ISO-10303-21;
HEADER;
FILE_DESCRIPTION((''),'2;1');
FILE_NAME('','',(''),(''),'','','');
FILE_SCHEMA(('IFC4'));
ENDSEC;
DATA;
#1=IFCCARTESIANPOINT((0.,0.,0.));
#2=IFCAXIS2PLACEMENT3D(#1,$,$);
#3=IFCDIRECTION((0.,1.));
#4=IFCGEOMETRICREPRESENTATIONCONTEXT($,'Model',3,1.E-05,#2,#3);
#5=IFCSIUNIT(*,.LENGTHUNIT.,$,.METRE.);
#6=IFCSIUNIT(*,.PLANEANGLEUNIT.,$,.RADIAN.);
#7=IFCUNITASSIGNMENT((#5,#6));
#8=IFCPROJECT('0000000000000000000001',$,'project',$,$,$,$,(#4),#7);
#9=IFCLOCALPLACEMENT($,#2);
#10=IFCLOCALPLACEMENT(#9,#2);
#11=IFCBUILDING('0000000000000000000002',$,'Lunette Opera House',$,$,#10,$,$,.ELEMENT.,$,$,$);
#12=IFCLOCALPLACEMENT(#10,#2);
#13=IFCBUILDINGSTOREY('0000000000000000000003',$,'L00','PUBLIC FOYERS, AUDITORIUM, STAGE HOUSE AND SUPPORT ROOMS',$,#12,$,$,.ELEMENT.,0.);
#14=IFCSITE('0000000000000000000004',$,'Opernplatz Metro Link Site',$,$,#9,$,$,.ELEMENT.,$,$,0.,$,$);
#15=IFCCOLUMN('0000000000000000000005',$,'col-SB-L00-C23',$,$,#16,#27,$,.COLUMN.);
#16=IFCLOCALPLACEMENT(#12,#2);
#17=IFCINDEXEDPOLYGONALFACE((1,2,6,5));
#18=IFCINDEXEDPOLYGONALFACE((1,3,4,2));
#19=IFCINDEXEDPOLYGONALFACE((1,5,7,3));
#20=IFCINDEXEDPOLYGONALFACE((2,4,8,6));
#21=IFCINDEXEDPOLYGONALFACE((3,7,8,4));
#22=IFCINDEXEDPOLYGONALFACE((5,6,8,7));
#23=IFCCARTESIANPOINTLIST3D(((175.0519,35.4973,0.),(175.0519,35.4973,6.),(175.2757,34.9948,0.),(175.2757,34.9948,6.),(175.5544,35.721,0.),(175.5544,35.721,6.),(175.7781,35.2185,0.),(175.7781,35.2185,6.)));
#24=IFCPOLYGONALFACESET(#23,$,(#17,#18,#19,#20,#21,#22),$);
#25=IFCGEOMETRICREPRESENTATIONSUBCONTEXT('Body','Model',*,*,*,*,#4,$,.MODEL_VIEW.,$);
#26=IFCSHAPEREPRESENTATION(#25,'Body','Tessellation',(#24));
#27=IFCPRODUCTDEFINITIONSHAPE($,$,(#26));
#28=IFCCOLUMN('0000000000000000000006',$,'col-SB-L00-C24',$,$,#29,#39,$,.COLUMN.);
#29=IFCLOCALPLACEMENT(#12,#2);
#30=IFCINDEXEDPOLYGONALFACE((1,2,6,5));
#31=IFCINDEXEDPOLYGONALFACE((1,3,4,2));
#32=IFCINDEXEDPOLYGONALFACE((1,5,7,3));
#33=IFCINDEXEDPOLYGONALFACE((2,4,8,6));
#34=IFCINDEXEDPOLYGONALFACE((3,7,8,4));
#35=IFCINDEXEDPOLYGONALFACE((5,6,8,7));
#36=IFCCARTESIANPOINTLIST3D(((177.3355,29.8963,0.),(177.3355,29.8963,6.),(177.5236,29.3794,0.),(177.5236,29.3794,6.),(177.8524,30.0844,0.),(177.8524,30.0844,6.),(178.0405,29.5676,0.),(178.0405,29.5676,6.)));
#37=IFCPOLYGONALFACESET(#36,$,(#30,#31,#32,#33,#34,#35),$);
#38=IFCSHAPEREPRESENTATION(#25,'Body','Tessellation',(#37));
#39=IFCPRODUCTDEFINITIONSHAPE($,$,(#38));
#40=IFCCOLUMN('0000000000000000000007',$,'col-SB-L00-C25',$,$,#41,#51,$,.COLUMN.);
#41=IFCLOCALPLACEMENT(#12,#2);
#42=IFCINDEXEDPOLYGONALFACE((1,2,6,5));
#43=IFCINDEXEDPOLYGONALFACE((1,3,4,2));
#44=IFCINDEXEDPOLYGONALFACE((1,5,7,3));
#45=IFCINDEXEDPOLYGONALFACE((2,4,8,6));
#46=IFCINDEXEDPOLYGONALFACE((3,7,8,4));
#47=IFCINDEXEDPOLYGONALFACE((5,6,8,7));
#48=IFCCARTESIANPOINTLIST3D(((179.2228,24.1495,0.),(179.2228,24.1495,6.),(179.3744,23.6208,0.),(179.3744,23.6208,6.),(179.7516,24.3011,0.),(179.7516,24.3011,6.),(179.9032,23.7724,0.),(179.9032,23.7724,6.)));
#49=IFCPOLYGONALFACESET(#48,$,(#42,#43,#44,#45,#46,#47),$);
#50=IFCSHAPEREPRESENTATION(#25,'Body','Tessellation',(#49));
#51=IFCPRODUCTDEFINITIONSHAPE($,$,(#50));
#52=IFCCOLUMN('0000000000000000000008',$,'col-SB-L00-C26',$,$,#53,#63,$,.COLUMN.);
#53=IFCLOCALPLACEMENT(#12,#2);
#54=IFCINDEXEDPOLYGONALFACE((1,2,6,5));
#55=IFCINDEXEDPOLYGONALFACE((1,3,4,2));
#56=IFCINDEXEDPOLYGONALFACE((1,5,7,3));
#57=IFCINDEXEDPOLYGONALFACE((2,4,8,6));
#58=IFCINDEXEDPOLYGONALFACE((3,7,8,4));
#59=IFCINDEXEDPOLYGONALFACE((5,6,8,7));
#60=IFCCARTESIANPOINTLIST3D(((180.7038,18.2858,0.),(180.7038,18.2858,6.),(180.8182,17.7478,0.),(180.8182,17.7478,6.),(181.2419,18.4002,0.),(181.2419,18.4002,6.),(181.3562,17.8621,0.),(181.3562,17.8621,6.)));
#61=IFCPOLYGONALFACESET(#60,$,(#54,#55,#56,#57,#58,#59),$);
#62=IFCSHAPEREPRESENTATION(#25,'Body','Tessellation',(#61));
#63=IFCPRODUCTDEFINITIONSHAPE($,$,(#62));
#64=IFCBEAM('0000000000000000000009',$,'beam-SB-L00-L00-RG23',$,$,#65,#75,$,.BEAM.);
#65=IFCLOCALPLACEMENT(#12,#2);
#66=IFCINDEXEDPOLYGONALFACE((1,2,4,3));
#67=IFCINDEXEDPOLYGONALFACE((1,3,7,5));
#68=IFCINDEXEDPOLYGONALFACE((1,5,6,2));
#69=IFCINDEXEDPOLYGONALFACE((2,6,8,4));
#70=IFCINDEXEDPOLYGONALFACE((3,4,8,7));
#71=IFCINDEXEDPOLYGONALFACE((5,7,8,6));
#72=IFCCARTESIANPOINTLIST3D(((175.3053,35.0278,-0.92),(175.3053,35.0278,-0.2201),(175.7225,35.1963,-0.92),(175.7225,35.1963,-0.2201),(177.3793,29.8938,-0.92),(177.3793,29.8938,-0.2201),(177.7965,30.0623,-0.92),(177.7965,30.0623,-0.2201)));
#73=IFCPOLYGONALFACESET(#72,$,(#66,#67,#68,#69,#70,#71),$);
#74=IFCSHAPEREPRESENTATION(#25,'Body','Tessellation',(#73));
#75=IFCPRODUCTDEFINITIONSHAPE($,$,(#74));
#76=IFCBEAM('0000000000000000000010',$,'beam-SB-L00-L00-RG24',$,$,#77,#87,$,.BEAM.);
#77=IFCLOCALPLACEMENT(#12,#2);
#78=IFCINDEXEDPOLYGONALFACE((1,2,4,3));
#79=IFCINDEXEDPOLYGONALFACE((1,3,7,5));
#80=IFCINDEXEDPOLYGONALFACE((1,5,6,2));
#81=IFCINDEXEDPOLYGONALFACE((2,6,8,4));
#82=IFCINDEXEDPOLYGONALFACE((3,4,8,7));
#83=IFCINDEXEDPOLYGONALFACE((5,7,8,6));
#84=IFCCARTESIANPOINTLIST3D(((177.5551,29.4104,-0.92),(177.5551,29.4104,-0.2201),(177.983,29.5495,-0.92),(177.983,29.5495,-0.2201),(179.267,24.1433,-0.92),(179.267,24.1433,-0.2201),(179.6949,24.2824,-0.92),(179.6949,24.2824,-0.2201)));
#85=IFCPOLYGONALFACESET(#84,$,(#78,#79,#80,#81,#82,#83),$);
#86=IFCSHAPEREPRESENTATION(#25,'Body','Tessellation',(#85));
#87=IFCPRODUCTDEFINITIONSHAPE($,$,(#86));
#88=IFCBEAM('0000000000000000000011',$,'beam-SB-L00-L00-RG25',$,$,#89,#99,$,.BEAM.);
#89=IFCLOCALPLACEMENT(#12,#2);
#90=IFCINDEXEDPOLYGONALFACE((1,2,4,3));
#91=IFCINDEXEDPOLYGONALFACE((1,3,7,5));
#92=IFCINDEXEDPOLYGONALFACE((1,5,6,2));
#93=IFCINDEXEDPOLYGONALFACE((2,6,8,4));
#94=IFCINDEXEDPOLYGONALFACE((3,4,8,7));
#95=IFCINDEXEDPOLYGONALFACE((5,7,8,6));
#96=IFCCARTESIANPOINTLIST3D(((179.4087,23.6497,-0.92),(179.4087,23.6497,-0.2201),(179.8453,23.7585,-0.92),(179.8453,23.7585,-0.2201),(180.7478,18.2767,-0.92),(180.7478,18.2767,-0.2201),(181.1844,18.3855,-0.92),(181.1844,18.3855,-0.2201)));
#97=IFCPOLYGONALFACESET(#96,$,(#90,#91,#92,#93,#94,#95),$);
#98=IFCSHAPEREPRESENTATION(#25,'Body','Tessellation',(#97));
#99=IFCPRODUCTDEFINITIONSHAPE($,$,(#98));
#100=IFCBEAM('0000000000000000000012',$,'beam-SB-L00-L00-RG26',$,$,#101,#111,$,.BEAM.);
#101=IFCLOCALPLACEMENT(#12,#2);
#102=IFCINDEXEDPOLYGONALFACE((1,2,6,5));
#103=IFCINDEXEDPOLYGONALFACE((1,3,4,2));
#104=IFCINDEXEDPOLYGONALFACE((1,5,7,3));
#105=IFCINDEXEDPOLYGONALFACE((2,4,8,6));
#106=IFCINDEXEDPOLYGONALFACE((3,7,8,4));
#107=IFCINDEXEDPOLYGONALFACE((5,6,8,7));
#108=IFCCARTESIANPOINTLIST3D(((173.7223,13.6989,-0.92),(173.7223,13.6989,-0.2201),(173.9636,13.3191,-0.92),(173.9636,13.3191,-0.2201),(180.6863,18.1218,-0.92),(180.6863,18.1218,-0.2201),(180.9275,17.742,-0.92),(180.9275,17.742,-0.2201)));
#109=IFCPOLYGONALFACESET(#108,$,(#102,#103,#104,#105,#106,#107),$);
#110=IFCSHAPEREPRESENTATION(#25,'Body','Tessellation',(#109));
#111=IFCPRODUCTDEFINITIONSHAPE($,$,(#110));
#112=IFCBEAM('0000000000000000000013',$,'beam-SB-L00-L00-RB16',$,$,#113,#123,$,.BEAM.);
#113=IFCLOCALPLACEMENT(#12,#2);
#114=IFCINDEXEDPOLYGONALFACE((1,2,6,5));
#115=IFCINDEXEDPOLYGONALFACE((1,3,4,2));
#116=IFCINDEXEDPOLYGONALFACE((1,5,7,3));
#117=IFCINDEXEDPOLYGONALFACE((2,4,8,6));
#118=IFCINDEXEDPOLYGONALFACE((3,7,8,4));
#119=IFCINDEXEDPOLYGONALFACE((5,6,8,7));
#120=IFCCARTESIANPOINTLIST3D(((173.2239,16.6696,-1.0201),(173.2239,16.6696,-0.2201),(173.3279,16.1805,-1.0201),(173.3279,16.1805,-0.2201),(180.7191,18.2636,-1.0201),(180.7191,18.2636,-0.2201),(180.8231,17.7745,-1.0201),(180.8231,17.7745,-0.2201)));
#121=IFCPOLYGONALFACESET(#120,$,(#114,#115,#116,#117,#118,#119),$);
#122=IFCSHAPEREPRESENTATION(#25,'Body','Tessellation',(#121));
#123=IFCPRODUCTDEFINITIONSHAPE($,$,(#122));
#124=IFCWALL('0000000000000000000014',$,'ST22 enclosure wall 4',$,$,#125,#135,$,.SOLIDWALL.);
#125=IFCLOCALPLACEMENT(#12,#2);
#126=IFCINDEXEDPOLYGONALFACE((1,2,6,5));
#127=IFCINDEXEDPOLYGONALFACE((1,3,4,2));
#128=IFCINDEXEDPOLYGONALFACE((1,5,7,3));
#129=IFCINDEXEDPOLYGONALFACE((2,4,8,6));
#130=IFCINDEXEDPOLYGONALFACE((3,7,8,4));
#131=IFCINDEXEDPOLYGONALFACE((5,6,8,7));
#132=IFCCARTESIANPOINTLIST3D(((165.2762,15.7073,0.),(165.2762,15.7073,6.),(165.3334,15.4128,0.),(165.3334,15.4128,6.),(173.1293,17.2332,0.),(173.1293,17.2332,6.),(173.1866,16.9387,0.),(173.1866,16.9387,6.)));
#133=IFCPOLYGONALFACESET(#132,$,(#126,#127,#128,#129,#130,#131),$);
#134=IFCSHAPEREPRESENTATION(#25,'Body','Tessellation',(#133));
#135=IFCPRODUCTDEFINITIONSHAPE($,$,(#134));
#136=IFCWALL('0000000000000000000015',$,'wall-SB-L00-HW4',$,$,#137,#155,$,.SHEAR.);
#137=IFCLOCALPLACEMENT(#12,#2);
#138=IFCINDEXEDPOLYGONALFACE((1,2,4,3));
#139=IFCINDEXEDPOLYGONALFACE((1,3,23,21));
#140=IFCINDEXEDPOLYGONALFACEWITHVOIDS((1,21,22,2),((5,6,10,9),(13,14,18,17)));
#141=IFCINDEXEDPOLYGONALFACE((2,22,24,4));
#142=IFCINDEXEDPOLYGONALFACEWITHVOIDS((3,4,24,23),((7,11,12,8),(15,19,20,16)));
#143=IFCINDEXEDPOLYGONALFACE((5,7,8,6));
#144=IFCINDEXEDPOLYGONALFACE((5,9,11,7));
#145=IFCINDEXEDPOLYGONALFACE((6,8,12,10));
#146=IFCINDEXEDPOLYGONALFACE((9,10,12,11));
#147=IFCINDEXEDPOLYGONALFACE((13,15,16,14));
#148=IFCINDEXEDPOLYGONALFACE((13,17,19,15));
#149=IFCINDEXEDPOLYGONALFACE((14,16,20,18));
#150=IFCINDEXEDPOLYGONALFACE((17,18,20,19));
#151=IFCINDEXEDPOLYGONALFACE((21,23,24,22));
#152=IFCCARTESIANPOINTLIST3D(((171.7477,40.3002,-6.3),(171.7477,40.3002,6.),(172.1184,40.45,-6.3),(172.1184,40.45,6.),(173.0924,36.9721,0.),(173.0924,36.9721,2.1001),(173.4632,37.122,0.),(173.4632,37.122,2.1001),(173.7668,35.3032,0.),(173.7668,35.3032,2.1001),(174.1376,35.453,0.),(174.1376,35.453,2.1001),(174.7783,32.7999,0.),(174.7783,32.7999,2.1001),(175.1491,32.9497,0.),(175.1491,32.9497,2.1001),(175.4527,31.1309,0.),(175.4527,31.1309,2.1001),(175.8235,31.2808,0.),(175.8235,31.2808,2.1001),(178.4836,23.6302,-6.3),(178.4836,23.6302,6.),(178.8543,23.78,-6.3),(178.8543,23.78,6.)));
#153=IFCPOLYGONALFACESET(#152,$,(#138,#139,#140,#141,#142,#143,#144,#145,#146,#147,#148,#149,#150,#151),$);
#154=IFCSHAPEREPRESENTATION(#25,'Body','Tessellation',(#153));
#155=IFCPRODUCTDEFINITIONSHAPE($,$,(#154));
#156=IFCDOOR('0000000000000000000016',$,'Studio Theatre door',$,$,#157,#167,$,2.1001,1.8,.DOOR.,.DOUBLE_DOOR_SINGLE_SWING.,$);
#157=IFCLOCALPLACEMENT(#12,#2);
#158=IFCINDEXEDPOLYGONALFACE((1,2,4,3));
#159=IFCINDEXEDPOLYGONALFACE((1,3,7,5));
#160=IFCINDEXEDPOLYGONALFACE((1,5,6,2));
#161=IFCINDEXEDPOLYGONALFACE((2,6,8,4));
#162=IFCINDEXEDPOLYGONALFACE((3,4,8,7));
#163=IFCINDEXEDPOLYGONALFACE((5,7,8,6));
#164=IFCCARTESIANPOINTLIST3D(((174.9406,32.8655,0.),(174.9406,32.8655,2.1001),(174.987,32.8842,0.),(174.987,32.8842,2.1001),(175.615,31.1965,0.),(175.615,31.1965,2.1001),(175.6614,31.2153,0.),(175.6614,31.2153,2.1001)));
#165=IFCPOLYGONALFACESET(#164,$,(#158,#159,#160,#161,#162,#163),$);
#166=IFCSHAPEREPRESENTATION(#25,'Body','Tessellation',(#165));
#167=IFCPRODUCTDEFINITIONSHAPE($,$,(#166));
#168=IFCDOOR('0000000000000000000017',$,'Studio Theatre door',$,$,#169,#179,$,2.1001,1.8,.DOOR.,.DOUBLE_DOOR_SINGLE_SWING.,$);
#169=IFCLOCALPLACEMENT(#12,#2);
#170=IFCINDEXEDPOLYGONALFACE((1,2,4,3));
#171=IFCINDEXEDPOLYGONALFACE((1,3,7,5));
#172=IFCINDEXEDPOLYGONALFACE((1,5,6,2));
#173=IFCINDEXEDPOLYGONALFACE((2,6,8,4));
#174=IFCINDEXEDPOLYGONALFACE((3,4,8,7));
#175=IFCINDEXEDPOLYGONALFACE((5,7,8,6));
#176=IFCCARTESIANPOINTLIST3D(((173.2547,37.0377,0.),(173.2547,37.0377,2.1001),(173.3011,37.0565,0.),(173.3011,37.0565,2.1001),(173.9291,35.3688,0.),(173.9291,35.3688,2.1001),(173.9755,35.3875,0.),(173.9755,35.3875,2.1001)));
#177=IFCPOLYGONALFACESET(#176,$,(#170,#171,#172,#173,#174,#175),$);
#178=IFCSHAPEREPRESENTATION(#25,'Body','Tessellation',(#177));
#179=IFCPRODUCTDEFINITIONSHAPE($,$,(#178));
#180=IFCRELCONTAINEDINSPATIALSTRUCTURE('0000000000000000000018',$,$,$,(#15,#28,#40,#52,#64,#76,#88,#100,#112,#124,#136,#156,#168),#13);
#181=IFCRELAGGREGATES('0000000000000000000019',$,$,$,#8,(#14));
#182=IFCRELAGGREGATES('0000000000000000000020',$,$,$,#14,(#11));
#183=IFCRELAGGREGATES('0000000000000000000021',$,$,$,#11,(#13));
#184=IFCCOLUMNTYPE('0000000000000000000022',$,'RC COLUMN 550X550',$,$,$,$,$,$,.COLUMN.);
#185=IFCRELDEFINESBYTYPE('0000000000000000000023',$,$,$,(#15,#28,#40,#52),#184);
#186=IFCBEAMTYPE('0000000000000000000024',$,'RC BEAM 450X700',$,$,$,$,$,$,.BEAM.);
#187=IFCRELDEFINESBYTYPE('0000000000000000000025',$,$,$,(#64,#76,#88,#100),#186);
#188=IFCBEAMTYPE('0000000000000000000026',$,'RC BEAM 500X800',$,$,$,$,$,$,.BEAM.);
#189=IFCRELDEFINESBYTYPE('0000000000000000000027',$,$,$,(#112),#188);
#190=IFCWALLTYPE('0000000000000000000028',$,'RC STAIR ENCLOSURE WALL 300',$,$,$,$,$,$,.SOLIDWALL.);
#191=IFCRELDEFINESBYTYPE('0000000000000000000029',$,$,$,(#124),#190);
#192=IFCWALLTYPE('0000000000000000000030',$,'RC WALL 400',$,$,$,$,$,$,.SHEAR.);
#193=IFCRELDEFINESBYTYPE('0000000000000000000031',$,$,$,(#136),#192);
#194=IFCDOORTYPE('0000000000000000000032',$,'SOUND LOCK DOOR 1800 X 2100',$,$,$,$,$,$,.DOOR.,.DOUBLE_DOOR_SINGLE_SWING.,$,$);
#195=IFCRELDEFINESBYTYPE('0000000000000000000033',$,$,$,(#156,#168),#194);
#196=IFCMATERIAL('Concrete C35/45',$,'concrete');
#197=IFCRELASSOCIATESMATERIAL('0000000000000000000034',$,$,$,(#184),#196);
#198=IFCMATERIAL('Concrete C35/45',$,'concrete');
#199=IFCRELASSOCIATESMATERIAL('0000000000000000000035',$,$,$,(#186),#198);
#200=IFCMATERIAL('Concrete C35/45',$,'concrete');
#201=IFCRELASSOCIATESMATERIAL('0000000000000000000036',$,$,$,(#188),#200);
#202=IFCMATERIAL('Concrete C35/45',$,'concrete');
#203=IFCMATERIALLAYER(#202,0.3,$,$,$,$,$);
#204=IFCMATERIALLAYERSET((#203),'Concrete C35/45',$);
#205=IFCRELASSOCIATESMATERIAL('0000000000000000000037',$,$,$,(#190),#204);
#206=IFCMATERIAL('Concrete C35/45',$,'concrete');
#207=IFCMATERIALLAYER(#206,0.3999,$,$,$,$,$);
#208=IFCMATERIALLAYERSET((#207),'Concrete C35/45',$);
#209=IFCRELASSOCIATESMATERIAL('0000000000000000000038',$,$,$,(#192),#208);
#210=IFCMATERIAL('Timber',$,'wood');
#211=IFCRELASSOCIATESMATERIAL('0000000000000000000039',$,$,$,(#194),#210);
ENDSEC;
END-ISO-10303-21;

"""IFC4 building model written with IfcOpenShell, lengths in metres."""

from ifc_helpers import new_model, si_unit, direction, frame, frame_2d, origin, origin_2d, place, context, subcontext, project, spatial, rectangle, extrude, material, layer, layer_set, material_profile, profile_set, type_object, element, fill, save


model = new_model("IFC4")

# Units and contexts
model_context = context("Model", 3, precision=1e-05, world=origin(), true_north=direction((0.0, 1.0)))
body_context = subcontext(model_context, "Body", "Model", "MODEL_VIEW")
ifc_project = project(units=[si_unit("LENGTHUNIT", "METRE"), si_unit("PLANEANGLEUNIT", "RADIAN")], contexts=[model_context])

# Site, building, storey
site_placement = place(None, origin())
site = spatial("IfcSite", under=ifc_project, at=site_placement, Name="Opernplatz Metro Link Site", CompositionType="ELEMENT", RefElevation=0.0)
building_placement = place(site_placement, origin())
building = spatial("IfcBuilding", under=site, at=building_placement, Name="Lunette Opera House", CompositionType="ELEMENT")
storey_placement = place(building_placement, origin())
storey = spatial("IfcBuildingStorey", under=building, at=storey_placement, Name="L00", Description="PUBLIC FOYERS, AUDITORIUM, STAGE HOUSE AND SUPPORT ROOMS", CompositionType="ELEMENT", Elevation=0.0)

# Columns
ifc_material_1 = material(Name="Concrete C35/45", Category="concrete")
ifc_material_profile_1 = material_profile(ifc_material_1, rectangle(XDim=0.55, YDim=0.55, at=origin_2d()), Name="RC COLUMN 550X550")
ifc_profile_set_1 = profile_set([ifc_material_profile_1], Name="Concrete C35/45")
column_type = type_object("IfcColumnType", Name="RC COLUMN 550X550", PredefinedType="COLUMN", material=ifc_profile_set_1)
for number, where, z_axis, x_axis, name in (
    (1, (175.415, 35.3579, 0.0), (0.0, 0.0, 1.0), (0.406737, -0.913545, 0.0), "col-SB-L00-C23"),
    (2, (177.688, 29.7319, 0.0), (0.0, 0.0, 1.0), (0.34202, -0.939693, 0.0), "col-SB-L00-C24"),
    (3, (179.563, 23.9609, 0.0), (0.0, 0.0, 1.0), (0.275637, -0.961262, 0.0), "col-SB-L00-C25"),
    (4, (181.03, 18.074, 0.0), (0.0, 0.0, 1.0), (0.207912, -0.978148, 0.0), "col-SB-L00-C26"),
):
    element("IfcColumn", number, at=place(storey_placement, frame(where, z_axis=z_axis, x_axis=x_axis)), inside=storey, type_object=column_type, Name=name, PredefinedType="COLUMN", context=body_context, shape_type="SweptSolid", body=[
        extrude(rectangle(XDim=0.55, YDim=0.55, at=origin_2d()), origin(), (0.0, 0.0, 1.0), 6.0),
    ])

# Beams
ifc_material_2 = material(Name="Concrete C35/45", Category="concrete")
ifc_material_profile_2 = material_profile(ifc_material_2, rectangle(XDim=0.45, YDim=0.7, at=origin_2d()), Name="RC BEAM 450X700")
ifc_profile_set_2 = profile_set([ifc_material_profile_2], Name="Concrete C35/45")
beam_type_1 = type_object("IfcBeamType", Name="RC BEAM 450X700", PredefinedType="BEAM", material=ifc_profile_set_2)
beam_1_placement = place(storey_placement, frame((175.5139, 35.1121, -0.5701), z_axis=(0.374559, -0.927203, 0.0), x_axis=(0.927203, 0.374559, 0.0)))
element("IfcBeam", 5, at=beam_1_placement, inside=storey, type_object=beam_type_1, Name="beam-SB-L00-L00-RG23", PredefinedType="BEAM", context=body_context, shape_type="SweptSolid", body=[
    extrude(rectangle(XDim=0.45, YDim=0.7, at=origin_2d()), origin(), (0.0, 0.0, 1.0), 5.5371),
])
beam_2_placement = place(storey_placement, frame((177.769, 29.48, -0.5701), z_axis=(0.309104, -0.951028, 0.0), x_axis=(0.951028, 0.309104, 0.0)))
element("IfcBeam", 6, at=beam_2_placement, inside=storey, type_object=beam_type_1, Name="beam-SB-L00-L00-RG24", PredefinedType="BEAM", context=body_context, shape_type="SweptSolid", body=[
    extrude(rectangle(XDim=0.45, YDim=0.7, at=origin_2d()), origin(), (0.0, 0.0, 1.0), 5.5383),
])
beam_3_placement = place(storey_placement, frame((179.627, 23.7041, -0.5701), z_axis=(0.24183, -0.970319, 0.0), x_axis=(0.970319, 0.24183, 0.0)))
element("IfcBeam", 7, at=beam_3_placement, inside=storey, type_object=beam_type_1, Name="beam-SB-L00-L00-RG25", PredefinedType="BEAM", context=body_context, shape_type="SweptSolid", body=[
    extrude(rectangle(XDim=0.45, YDim=0.7, at=origin_2d()), origin(), (0.0, 0.0, 1.0), 5.5374),
])
beam_4_placement = place(storey_placement, frame((180.8069, 17.9319, -0.5701), z_axis=(-0.844139, -0.536125, 0.0), x_axis=(0.536125, -0.844139, 0.0)))
element("IfcBeam", 8, at=beam_4_placement, inside=storey, type_object=beam_type_1, Name="beam-SB-L00-L00-RG26", PredefinedType="BEAM", context=body_context, shape_type="SweptSolid", body=[
    extrude(rectangle(XDim=0.45, YDim=0.7, at=origin_2d()), origin(), (0.0, 0.0, 1.0), 8.2498),
])
ifc_material_3 = material(Name="Concrete C35/45", Category="concrete")
ifc_material_profile_3 = material_profile(ifc_material_3, rectangle(XDim=0.5, YDim=0.8, at=origin_2d()), Name="RC BEAM 500X800")
ifc_profile_set_3 = profile_set([ifc_material_profile_3], Name="Concrete C35/45")
beam_type_2 = type_object("IfcBeamType", Name="RC BEAM 500X800", PredefinedType="BEAM", material=ifc_profile_set_3)
beam_5_placement = place(storey_placement, frame((173.2759, 16.425, -0.6201), z_axis=(0.978125, 0.208019, 0.0), x_axis=(-0.208019, 0.978125, 0.0)))
element("IfcBeam", 9, at=beam_5_placement, inside=storey, type_object=beam_type_2, Name="beam-SB-L00-L00-RB16", PredefinedType="BEAM", context=body_context, shape_type="SweptSolid", body=[
    extrude(rectangle(XDim=0.5, YDim=0.8, at=origin_2d()), origin(), (0.0, 0.0, 1.0), 7.6628),
])

# Wall
ifc_material_4 = material(Name="Concrete C35/45", Category="concrete")
ifc_layer_1 = layer(ifc_material_4, 0.3)
ifc_layer_set_1 = layer_set([ifc_layer_1], Name="Concrete C35/45")
wall_type_1 = type_object("IfcWallType", Name="RC STAIR ENCLOSURE WALL 300", PredefinedType="SOLIDWALL", material=ifc_layer_set_1)
wall_1_placement = place(storey_placement, frame((173.158, 17.0859, 0.0), z_axis=(0.0, 0.0, 1.0), x_axis=(-0.981641, -0.190737, 0.0)))
element("IfcWall", 10, at=wall_1_placement, inside=storey, type_object=wall_type_1, Name="ST22 enclosure wall 4", PredefinedType="SOLIDWALL", context=body_context, shape_type="SweptSolid", body=[
    extrude(rectangle(XDim=8.0, YDim=0.3, at=frame_2d((4.0, 0.0))), origin(), (0.0, 0.0, 1.0), 6.0),
])

# Wall, openings, doors
ifc_material_5 = material(Name="Concrete C35/45", Category="concrete")
ifc_layer_2 = layer(ifc_material_5, 0.3999)
ifc_layer_set_2 = layer_set([ifc_layer_2], Name="Concrete C35/45")
wall_type_2 = type_object("IfcWallType", Name="RC WALL 400", PredefinedType="SHEAR", material=ifc_layer_set_2)
wall_2_placement = place(storey_placement, frame((178.6689, 23.7051, -6.3), z_axis=(0.0, 0.0, 1.0), x_axis=(-0.374643, 0.927169, 0.0)))
wall_2 = element("IfcWall", 11, at=wall_2_placement, inside=storey, type_object=wall_type_2, Name="wall-SB-L00-HW4", PredefinedType="SHEAR", context=body_context, shape_type="SweptSolid", body=[
    extrude(rectangle(XDim=17.9795, YDim=0.3999, at=frame_2d((8.9897, 0.0))), origin(), (0.0, 0.0, 1.0), 12.3),
])
opening_1_placement = place(wall_2_placement, frame((8.0901, 0.0, 6.3)))
opening_1 = element("IfcOpeningElement", 12, at=opening_1_placement, cuts=wall_2, PredefinedType="OPENING", context=body_context, shape_type="SweptSolid", body=[
    extrude(rectangle(XDim=1.8, YDim=2.1001, at=frame_2d((0.8999, 1.05))), frame((0.0, 0.2119, 0.0), z_axis=(0.0, -1.0, 0.0), x_axis=(1.0, 0.0, 0.0)), (0.0, 0.0, 1.0), 0.4238),
])
opening_2_placement = place(wall_2_placement, frame((12.5901, 0.0, 6.3)))
opening_2 = element("IfcOpeningElement", 13, at=opening_2_placement, cuts=wall_2, PredefinedType="OPENING", context=body_context, shape_type="SweptSolid", body=[
    extrude(rectangle(XDim=1.8, YDim=2.1001, at=frame_2d((0.8999, 1.05))), frame((0.0, 0.2119, 0.0), z_axis=(0.0, -1.0, 0.0), x_axis=(1.0, 0.0, 0.0)), (0.0, 0.0, 1.0), 0.4238),
])
ifc_material_6 = material(Name="Timber", Category="wood")
door_type_1 = type_object("IfcDoorType", Name="SOUND LOCK DOOR 1800 X 2100", OperationType="DOUBLE_DOOR_SINGLE_SWING", PredefinedType="DOOR", material=ifc_material_6)
door_1_placement = place(opening_1_placement, origin())
door_1 = element("IfcDoor", 14, at=door_1_placement, inside=storey, type_object=door_type_1, Name="Studio Theatre door", OperationType="DOUBLE_DOOR_SINGLE_SWING", OverallHeight=2.1001, OverallWidth=1.8, PredefinedType="DOOR", context=body_context, shape_type="SweptSolid", body=[
    extrude(rectangle(XDim=1.8, YDim=2.1001, at=frame_2d((0.8999, 1.05))), frame((0.0, 0.0249, 0.0), z_axis=(0.0, -1.0, 0.0), x_axis=(1.0, 0.0, 0.0)), (0.0, 0.0, 1.0), 0.05),
])
fill(opening_1, door_1)
door_2_placement = place(opening_2_placement, origin())
door_2 = element("IfcDoor", 15, at=door_2_placement, inside=storey, type_object=door_type_1, Name="Studio Theatre door", OperationType="DOUBLE_DOOR_SINGLE_SWING", OverallHeight=2.1001, OverallWidth=1.8, PredefinedType="DOOR", context=body_context, shape_type="SweptSolid", body=[
    extrude(rectangle(XDim=1.8, YDim=2.1001, at=frame_2d((0.8999, 1.05))), frame((0.0, 0.0249, 0.0), z_axis=(0.0, -1.0, 0.0), x_axis=(1.0, 0.0, 0.0)), (0.0, 0.0, 1.0), 0.05),
])
fill(opening_2, door_2)

save(model, "model.ifc")
